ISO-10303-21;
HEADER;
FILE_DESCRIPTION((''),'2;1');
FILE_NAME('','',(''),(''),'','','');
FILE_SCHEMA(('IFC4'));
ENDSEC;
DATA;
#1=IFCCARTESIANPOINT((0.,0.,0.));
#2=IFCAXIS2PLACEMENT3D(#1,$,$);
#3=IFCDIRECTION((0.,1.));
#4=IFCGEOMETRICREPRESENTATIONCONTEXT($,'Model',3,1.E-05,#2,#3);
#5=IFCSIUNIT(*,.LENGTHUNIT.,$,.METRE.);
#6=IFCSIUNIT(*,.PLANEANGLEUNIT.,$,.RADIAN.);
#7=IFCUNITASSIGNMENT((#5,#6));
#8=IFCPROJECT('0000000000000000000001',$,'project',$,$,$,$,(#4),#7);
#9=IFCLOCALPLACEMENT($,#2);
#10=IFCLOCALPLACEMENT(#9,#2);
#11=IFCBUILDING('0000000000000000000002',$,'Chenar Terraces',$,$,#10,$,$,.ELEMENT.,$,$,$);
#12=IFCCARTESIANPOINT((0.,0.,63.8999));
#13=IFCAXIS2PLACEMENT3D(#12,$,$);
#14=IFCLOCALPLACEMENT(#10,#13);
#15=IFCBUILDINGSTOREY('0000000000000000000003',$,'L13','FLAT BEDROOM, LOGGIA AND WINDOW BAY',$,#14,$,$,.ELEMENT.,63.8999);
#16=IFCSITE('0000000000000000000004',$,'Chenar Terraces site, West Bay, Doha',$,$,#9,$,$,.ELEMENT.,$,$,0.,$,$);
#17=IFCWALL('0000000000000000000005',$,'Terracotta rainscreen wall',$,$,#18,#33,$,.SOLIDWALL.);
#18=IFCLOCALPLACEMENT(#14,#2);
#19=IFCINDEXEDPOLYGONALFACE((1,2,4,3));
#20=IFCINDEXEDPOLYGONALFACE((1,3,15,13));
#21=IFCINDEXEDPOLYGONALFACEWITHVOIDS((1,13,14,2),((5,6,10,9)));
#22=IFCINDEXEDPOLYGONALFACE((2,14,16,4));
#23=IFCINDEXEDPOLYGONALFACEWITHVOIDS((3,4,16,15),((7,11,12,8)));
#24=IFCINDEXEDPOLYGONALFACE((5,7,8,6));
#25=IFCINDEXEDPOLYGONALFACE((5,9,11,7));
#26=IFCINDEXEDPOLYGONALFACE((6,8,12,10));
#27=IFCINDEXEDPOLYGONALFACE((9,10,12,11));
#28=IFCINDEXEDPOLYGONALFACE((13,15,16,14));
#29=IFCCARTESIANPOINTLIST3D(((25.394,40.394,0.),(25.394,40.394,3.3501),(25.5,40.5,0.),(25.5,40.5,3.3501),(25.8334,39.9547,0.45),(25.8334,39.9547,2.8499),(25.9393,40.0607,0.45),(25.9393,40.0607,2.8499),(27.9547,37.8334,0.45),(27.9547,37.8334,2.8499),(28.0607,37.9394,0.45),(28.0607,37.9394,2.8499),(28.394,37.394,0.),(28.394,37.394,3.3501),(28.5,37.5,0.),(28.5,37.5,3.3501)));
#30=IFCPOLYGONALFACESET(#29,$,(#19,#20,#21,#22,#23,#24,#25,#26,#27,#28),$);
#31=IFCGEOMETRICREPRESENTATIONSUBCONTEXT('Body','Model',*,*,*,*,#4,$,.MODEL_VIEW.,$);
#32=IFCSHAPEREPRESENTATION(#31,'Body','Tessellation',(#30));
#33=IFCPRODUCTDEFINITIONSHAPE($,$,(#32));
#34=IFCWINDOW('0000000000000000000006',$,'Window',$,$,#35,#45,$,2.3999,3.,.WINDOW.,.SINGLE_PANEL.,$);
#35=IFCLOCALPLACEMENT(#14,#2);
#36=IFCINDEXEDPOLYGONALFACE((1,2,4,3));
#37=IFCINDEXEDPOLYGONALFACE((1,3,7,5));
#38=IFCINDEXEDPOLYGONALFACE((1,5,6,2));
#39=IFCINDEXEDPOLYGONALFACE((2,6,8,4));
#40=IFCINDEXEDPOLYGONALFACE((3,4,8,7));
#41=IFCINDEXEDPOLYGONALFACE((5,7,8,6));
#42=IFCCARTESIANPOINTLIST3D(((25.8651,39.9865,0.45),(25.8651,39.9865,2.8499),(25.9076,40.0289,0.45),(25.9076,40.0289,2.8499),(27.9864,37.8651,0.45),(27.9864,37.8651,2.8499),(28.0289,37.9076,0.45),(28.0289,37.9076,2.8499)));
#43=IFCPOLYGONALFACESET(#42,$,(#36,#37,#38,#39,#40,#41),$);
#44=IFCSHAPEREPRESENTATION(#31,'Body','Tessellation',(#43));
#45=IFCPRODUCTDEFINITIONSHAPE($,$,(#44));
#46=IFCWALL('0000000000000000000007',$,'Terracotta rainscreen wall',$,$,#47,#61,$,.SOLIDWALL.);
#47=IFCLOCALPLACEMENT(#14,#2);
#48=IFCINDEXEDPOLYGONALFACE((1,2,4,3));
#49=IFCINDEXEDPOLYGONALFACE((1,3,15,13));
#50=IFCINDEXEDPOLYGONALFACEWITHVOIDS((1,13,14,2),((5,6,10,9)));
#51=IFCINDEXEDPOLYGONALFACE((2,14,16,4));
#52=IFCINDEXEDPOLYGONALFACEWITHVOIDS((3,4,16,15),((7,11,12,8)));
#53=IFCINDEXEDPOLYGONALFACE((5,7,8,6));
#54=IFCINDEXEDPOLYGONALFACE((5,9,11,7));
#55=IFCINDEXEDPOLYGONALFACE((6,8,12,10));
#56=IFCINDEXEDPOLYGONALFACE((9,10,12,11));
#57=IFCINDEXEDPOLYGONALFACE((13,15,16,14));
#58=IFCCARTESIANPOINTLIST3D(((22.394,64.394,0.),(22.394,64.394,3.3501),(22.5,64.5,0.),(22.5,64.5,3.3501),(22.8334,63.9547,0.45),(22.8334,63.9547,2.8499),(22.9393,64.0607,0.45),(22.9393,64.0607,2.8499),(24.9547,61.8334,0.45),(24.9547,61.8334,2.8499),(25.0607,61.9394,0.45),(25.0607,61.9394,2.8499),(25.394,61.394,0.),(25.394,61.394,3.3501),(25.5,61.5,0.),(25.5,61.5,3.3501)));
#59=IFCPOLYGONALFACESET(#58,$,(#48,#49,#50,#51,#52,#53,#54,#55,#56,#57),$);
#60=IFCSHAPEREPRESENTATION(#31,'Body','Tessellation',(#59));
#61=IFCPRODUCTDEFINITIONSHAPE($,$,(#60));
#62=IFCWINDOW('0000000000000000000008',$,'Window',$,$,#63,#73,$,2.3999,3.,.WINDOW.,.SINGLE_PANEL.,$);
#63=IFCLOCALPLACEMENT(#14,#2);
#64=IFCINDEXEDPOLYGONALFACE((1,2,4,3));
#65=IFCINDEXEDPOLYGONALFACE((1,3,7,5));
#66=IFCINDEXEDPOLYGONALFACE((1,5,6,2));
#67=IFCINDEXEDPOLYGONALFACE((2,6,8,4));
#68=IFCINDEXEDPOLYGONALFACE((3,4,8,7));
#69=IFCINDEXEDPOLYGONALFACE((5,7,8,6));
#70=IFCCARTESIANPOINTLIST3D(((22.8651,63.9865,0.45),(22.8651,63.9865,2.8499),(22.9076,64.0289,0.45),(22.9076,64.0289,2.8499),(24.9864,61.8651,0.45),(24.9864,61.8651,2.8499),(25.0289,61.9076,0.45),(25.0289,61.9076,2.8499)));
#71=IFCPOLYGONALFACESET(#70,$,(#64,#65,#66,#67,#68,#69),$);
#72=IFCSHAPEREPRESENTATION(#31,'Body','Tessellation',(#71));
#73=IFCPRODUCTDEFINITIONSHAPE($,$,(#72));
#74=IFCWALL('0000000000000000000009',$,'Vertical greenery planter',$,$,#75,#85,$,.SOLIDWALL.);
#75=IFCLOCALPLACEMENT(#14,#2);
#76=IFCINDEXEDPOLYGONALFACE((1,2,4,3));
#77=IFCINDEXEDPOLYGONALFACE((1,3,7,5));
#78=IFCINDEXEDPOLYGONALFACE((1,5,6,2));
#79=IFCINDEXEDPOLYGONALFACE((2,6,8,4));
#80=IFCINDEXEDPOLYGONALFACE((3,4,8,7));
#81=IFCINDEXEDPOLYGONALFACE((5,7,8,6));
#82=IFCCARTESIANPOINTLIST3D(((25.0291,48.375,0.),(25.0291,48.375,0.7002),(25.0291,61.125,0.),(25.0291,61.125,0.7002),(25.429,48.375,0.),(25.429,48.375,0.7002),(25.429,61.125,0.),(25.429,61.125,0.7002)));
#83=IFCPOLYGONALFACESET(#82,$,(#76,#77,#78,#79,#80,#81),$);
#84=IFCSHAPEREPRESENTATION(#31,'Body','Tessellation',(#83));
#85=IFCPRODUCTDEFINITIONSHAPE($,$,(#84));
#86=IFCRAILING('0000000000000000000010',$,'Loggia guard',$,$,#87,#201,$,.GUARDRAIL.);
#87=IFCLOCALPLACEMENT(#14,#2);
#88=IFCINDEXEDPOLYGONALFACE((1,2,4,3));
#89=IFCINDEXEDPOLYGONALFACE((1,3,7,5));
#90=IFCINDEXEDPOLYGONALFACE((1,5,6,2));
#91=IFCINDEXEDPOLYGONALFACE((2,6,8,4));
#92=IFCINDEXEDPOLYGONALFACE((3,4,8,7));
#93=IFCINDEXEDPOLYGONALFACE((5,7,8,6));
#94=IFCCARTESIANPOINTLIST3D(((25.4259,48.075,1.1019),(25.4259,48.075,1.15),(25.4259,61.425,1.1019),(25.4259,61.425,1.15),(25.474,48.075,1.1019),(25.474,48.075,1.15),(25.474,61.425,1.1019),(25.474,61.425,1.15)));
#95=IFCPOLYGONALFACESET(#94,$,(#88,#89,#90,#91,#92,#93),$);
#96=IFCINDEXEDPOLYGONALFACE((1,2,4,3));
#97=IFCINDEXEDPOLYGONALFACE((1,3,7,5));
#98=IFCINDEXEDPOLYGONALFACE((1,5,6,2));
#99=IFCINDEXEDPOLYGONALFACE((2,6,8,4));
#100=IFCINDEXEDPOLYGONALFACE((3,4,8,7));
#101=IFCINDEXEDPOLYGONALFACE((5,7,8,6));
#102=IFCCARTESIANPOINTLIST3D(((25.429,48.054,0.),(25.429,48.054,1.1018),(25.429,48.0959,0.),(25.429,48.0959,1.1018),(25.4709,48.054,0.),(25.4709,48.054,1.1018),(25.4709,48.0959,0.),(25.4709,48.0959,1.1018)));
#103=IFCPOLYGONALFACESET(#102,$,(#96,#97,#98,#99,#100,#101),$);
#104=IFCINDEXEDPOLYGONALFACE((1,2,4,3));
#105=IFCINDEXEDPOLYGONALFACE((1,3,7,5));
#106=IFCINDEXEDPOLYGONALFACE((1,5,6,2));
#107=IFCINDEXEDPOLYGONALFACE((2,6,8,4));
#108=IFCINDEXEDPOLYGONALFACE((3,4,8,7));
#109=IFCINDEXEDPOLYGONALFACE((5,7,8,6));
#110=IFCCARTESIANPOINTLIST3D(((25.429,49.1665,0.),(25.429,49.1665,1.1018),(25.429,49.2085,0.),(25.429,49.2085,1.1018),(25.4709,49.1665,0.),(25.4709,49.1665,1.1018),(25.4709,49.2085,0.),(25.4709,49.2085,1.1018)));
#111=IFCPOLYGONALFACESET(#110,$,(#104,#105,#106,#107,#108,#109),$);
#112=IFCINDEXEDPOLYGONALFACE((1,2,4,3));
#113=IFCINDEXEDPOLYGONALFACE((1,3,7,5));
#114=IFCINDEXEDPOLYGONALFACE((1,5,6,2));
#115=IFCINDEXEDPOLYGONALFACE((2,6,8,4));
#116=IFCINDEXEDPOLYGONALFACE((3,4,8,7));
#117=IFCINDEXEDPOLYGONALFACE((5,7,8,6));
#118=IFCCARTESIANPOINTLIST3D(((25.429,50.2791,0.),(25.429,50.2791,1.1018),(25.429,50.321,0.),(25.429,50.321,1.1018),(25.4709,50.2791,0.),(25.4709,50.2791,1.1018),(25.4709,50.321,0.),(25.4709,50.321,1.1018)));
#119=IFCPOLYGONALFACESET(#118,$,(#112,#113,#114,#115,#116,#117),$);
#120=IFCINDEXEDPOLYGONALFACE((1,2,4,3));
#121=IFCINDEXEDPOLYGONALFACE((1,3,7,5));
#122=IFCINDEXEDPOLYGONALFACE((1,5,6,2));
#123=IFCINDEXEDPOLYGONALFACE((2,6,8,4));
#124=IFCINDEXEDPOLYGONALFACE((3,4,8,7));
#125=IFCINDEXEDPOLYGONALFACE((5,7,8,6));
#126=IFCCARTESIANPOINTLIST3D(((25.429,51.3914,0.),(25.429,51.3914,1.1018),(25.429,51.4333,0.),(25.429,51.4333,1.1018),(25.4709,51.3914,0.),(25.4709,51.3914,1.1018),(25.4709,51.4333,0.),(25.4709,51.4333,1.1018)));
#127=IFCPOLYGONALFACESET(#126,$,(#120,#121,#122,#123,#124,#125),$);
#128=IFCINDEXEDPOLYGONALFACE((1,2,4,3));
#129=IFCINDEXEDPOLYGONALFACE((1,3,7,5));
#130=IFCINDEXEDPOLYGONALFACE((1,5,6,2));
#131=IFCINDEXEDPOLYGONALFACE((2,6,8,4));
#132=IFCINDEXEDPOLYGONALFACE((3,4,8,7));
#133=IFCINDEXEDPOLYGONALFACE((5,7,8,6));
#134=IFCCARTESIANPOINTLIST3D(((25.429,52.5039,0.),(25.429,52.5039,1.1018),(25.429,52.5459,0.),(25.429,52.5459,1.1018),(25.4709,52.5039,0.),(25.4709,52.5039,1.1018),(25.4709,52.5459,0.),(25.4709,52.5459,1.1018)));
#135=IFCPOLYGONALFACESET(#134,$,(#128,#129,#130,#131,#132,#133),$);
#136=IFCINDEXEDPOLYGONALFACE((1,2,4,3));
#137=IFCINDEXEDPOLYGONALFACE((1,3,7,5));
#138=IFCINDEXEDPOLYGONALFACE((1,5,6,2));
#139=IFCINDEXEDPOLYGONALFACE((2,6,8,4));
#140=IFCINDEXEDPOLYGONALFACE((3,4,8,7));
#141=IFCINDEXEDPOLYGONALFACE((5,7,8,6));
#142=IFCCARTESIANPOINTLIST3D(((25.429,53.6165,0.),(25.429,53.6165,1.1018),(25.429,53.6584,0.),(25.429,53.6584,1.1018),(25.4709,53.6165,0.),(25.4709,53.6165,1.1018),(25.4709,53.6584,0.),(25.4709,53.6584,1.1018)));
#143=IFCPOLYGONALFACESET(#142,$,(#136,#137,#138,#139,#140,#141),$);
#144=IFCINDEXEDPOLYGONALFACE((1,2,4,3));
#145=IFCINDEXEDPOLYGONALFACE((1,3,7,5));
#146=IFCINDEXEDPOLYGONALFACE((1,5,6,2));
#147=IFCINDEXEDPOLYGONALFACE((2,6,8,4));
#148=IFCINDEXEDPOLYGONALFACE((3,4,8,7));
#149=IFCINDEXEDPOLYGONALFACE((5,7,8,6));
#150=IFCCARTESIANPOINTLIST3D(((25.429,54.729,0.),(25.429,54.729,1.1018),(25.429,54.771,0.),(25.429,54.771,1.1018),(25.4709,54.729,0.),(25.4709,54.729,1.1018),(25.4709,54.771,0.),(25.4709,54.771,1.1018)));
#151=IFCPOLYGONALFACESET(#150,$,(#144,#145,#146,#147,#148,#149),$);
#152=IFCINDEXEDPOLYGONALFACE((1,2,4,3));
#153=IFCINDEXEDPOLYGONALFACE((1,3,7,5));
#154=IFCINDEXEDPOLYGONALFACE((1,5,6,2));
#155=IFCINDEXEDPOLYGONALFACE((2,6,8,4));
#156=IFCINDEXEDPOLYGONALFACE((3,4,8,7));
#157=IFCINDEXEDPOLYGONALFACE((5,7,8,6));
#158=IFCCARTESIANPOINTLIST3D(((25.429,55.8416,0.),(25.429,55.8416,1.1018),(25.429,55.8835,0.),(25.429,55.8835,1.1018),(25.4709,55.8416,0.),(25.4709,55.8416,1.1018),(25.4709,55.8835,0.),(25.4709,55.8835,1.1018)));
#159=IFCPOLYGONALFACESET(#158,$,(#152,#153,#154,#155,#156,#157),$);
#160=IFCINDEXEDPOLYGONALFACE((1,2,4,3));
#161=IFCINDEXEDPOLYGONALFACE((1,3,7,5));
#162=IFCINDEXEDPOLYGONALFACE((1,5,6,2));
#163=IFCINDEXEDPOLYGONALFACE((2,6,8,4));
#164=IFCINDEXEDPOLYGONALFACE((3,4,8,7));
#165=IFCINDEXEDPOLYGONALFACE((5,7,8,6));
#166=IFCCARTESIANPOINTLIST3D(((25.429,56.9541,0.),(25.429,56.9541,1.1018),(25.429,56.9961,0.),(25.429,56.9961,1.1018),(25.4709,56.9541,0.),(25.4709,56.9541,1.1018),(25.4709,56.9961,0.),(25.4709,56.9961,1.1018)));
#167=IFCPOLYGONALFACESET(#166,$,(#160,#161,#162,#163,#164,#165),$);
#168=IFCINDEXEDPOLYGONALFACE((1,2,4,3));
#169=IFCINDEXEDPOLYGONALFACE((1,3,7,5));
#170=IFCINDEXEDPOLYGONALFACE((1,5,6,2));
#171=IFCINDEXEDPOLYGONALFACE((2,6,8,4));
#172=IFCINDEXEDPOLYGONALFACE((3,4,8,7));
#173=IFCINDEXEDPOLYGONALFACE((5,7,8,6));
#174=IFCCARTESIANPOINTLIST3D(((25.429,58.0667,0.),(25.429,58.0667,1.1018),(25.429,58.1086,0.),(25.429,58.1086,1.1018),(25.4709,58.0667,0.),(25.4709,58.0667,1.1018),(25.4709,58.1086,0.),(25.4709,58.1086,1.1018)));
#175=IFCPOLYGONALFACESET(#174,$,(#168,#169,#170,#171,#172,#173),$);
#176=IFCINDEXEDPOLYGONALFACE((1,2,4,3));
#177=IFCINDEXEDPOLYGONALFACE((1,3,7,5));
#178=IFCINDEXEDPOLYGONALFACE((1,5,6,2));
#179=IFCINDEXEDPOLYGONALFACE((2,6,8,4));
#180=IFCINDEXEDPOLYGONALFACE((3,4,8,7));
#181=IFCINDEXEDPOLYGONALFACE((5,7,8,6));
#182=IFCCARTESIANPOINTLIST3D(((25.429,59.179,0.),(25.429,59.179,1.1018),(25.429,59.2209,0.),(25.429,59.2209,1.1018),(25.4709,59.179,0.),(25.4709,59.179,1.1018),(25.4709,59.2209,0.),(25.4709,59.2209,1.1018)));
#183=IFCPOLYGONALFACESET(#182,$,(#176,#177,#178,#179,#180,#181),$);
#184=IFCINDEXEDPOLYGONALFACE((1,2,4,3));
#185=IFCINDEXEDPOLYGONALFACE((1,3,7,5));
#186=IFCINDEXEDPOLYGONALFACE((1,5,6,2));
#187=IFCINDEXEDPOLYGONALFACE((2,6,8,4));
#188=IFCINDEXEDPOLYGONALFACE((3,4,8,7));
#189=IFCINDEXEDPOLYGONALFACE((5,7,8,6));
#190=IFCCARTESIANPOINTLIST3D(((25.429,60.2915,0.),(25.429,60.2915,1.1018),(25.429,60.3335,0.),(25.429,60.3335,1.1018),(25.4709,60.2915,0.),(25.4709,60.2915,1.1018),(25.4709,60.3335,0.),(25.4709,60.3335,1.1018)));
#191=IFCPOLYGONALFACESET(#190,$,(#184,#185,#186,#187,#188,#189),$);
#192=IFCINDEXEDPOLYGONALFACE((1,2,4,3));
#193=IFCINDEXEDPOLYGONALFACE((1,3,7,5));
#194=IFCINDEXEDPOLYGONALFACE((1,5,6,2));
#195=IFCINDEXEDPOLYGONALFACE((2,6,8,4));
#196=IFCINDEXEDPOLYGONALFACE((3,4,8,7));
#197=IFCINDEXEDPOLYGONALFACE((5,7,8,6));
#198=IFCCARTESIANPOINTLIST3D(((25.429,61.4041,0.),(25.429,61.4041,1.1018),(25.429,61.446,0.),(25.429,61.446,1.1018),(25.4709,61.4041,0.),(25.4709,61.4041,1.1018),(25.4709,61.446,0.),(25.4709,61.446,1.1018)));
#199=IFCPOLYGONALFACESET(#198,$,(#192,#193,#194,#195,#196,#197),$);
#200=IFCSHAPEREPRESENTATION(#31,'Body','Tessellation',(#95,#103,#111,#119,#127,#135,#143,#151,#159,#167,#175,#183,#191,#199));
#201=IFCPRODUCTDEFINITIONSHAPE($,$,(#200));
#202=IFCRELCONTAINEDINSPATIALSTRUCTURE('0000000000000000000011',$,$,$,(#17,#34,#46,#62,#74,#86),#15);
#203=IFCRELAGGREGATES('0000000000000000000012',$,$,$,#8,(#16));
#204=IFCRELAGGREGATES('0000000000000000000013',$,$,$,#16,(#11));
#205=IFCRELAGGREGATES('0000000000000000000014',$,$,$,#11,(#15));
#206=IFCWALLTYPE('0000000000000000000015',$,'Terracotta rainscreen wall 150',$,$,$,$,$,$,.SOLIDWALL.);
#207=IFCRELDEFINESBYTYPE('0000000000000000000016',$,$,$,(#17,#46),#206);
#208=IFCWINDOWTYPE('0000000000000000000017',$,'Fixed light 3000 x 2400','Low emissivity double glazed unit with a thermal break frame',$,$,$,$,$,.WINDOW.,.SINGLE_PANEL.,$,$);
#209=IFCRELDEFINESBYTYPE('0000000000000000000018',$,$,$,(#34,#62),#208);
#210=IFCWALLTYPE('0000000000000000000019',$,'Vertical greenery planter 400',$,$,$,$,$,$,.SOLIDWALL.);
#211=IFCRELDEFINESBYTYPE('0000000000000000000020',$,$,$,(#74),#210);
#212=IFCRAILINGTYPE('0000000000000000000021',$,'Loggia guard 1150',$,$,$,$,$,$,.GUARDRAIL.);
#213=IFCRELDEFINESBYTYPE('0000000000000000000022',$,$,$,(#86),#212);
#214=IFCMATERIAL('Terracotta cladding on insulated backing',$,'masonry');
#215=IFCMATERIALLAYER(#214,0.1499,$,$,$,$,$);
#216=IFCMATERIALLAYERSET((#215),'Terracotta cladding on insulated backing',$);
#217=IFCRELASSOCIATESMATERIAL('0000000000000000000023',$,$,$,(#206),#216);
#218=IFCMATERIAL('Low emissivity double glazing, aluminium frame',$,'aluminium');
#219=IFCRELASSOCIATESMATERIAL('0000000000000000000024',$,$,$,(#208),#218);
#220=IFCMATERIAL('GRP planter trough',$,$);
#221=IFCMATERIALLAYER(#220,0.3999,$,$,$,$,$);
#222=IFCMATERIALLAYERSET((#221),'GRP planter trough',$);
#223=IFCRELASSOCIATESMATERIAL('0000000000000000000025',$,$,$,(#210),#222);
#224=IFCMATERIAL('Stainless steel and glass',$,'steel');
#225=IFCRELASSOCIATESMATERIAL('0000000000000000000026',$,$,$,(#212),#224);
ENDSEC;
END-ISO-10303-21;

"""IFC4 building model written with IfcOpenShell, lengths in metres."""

from ifc_helpers import new_model, si_unit, direction, frame, frame_2d, origin, origin_2d, place, context, subcontext, project, spatial, rectangle, extrude, material, layer, layer_set, type_object, element, fill, save


model = new_model("IFC4")

# Units and contexts
model_context = context("Model", 3, precision=1e-05, world=origin(), true_north=direction((0.0, 1.0)))
body_context = subcontext(model_context, "Body", "Model", "MODEL_VIEW")
ifc_project = project(units=[si_unit("LENGTHUNIT", "METRE"), si_unit("PLANEANGLEUNIT", "RADIAN")], contexts=[model_context])

# Site, building, storey
site_placement = place(None, origin())
site = spatial("IfcSite", under=ifc_project, at=site_placement, Name="Chenar Terraces site, West Bay, Doha", CompositionType="ELEMENT", RefElevation=0.0)
building_placement = place(site_placement, origin())
building = spatial("IfcBuilding", under=site, at=building_placement, Name="Chenar Terraces", CompositionType="ELEMENT")
storey_placement = place(building_placement, frame((0.0, 0.0, 63.8999)))
storey = spatial("IfcBuildingStorey", under=building, at=storey_placement, Name="L13", Description="FLAT BEDROOM, LOGGIA AND WINDOW BAY", CompositionType="ELEMENT", Elevation=63.8999)

# Walls, openings, windows
ifc_material_1 = material(Name="Terracotta cladding on insulated backing", Category="masonry")
ifc_layer_1 = layer(ifc_material_1, 0.1499)
ifc_layer_set_1 = layer_set([ifc_layer_1], Name="Terracotta cladding on insulated backing")
wall_type_1 = type_object("IfcWallType", Name="Terracotta rainscreen wall 150", PredefinedType="SOLIDWALL", material=ifc_layer_set_1)
wall_1_placement = place(storey_placement, frame((28.447, 37.447, 0.0), z_axis=(0.0, 0.0, 1.0), x_axis=(-0.707107, 0.707107, 0.0)))
wall_1 = element("IfcWall", 1, at=wall_1_placement, inside=storey, type_object=wall_type_1, Name="Terracotta rainscreen wall", PredefinedType="SOLIDWALL", context=body_context, shape_type="SweptSolid", body=[
    extrude(rectangle(XDim=4.2427, YDim=0.1499, at=frame_2d((2.1213, 0.0))), origin(), (0.0, 0.0, 1.0), 3.3501),
])
opening_1_placement = place(wall_1_placement, frame((0.6213, 0.0, 0.45)))
opening_1 = element("IfcOpeningElement", 2, at=opening_1_placement, cuts=wall_1, PredefinedType="OPENING", context=body_context, shape_type="SweptSolid", body=[
    extrude(rectangle(XDim=3.0, YDim=2.3999, at=frame_2d((1.5, 1.2))), frame((0.0, 0.085, 0.0), z_axis=(0.0, -1.0, 0.0), x_axis=(1.0, 0.0, 0.0)), (0.0, 0.0, 1.0), 0.1699),
])
ifc_material_2 = material(Name="Low emissivity double glazing, aluminium frame", Category="aluminium")
window_type_1 = type_object("IfcWindowType", Name="Fixed light 3000 x 2400", Description="Low emissivity double glazed unit with a thermal break frame", PartitioningType="SINGLE_PANEL", PredefinedType="WINDOW", material=ifc_material_2)
window_1_placement = place(opening_1_placement, origin())
window_1 = element("IfcWindow", 3, at=window_1_placement, inside=storey, type_object=window_type_1, Name="Window", OverallHeight=2.3999, OverallWidth=3.0, PartitioningType="SINGLE_PANEL", PredefinedType="WINDOW", context=body_context, shape_type="SweptSolid", body=[
    extrude(rectangle(XDim=3.0, YDim=2.3999, at=frame_2d((1.5, 1.2))), frame((0.0, 0.03, 0.0), z_axis=(0.0, -1.0, 0.0), x_axis=(1.0, 0.0, 0.0)), (0.0, 0.0, 1.0), 0.0601),
])
fill(opening_1, window_1)
wall_2_placement = place(storey_placement, frame((25.447, 61.447, 0.0), z_axis=(0.0, 0.0, 1.0), x_axis=(-0.707107, 0.707107, 0.0)))
wall_2 = element("IfcWall", 4, at=wall_2_placement, inside=storey, type_object=wall_type_1, Name="Terracotta rainscreen wall", PredefinedType="SOLIDWALL", context=body_context, shape_type="SweptSolid", body=[
    extrude(rectangle(XDim=4.2427, YDim=0.1499, at=frame_2d((2.1213, 0.0))), origin(), (0.0, 0.0, 1.0), 3.3501),
])
opening_2_placement = place(wall_2_placement, frame((0.6213, 0.0, 0.45)))
opening_2 = element("IfcOpeningElement", 5, at=opening_2_placement, cuts=wall_2, PredefinedType="OPENING", context=body_context, shape_type="SweptSolid", body=[
    extrude(rectangle(XDim=3.0, YDim=2.3999, at=frame_2d((1.5, 1.2))), frame((0.0, 0.085, 0.0), z_axis=(0.0, -1.0, 0.0), x_axis=(1.0, 0.0, 0.0)), (0.0, 0.0, 1.0), 0.1699),
])
window_2_placement = place(opening_2_placement, origin())
window_2 = element("IfcWindow", 6, at=window_2_placement, inside=storey, type_object=window_type_1, Name="Window", OverallHeight=2.3999, OverallWidth=3.0, PartitioningType="SINGLE_PANEL", PredefinedType="WINDOW", context=body_context, shape_type="SweptSolid", body=[
    extrude(rectangle(XDim=3.0, YDim=2.3999, at=frame_2d((1.5, 1.2))), frame((0.0, 0.03, 0.0), z_axis=(0.0, -1.0, 0.0), x_axis=(1.0, 0.0, 0.0)), (0.0, 0.0, 1.0), 0.0601),
])
fill(opening_2, window_2)

# Wall
ifc_material_3 = material(Name="GRP planter trough")
ifc_layer_2 = layer(ifc_material_3, 0.3999)
ifc_layer_set_2 = layer_set([ifc_layer_2], Name="GRP planter trough")
wall_type_2 = type_object("IfcWallType", Name="Vertical greenery planter 400", PredefinedType="SOLIDWALL", material=ifc_layer_set_2)
wall_3_placement = place(storey_placement, frame((25.229, 48.375, 0.0), z_axis=(0.0, 0.0, 1.0), x_axis=(0.0, 1.0, 0.0)))
element("IfcWall", 7, at=wall_3_placement, inside=storey, type_object=wall_type_2, Name="Vertical greenery planter", PredefinedType="SOLIDWALL", context=body_context, shape_type="SweptSolid", body=[
    extrude(rectangle(XDim=12.75, YDim=0.3999, at=frame_2d((6.375, 0.0))), origin(), (0.0, 0.0, 1.0), 0.7002),
])

# Railing
ifc_material_4 = material(Name="Stainless steel and glass", Category="steel")
railing_type = type_object("IfcRailingType", Name="Loggia guard 1150", PredefinedType="GUARDRAIL", material=ifc_material_4)
railing_placement = place(storey_placement, frame((25.45, 48.075, 0.0)))
element("IfcRailing", 8, at=railing_placement, inside=storey, type_object=railing_type, Name="Loggia guard", PredefinedType="GUARDRAIL", context=body_context, shape_type="SweptSolid", body=[
    extrude(rectangle(XDim=0.0481, YDim=0.0481, at=origin_2d()), frame((0.0, 0.0, 1.126), z_axis=(0.0, 1.0, 0.0), x_axis=(-1.0, 0.0, 0.0)), (0.0, 0.0, 1.0), 13.3501),
    extrude(rectangle(XDim=0.042, YDim=0.042, at=origin_2d()), origin(), (0.0, 0.0, 1.0), 1.1018),
    extrude(rectangle(XDim=0.042, YDim=0.042, at=origin_2d()), frame((0.0, 1.1125, 0.0)), (0.0, 0.0, 1.0), 1.1018),
    extrude(rectangle(XDim=0.042, YDim=0.042, at=origin_2d()), frame((0.0, 2.2251, 0.0)), (0.0, 0.0, 1.0), 1.1018),
    extrude(rectangle(XDim=0.042, YDim=0.042, at=origin_2d()), frame((0.0, 3.3374, 0.0)), (0.0, 0.0, 1.0), 1.1018),
    extrude(rectangle(XDim=0.042, YDim=0.042, at=origin_2d()), frame((0.0, 4.45, 0.0)), (0.0, 0.0, 1.0), 1.1018),
    extrude(rectangle(XDim=0.042, YDim=0.042, at=origin_2d()), frame((0.0, 5.5625, 0.0)), (0.0, 0.0, 1.0), 1.1018),
    extrude(rectangle(XDim=0.042, YDim=0.042, at=origin_2d()), frame((0.0, 6.675, 0.0)), (0.0, 0.0, 1.0), 1.1018),
    extrude(rectangle(XDim=0.042, YDim=0.042, at=origin_2d()), frame((0.0, 7.7876, 0.0)), (0.0, 0.0, 1.0), 1.1018),
    extrude(rectangle(XDim=0.042, YDim=0.042, at=origin_2d()), frame((0.0, 8.9001, 0.0)), (0.0, 0.0, 1.0), 1.1018),
    extrude(rectangle(XDim=0.042, YDim=0.042, at=origin_2d()), frame((0.0, 10.0127, 0.0)), (0.0, 0.0, 1.0), 1.1018),
    extrude(rectangle(XDim=0.042, YDim=0.042, at=origin_2d()), frame((0.0, 11.125, 0.0)), (0.0, 0.0, 1.0), 1.1018),
    extrude(rectangle(XDim=0.042, YDim=0.042, at=origin_2d()), frame((0.0, 12.2375, 0.0)), (0.0, 0.0, 1.0), 1.1018),
    extrude(rectangle(XDim=0.042, YDim=0.042, at=origin_2d()), frame((0.0, 13.3501, 0.0)), (0.0, 0.0, 1.0), 1.1018),
])

save(model, "model.ifc")
